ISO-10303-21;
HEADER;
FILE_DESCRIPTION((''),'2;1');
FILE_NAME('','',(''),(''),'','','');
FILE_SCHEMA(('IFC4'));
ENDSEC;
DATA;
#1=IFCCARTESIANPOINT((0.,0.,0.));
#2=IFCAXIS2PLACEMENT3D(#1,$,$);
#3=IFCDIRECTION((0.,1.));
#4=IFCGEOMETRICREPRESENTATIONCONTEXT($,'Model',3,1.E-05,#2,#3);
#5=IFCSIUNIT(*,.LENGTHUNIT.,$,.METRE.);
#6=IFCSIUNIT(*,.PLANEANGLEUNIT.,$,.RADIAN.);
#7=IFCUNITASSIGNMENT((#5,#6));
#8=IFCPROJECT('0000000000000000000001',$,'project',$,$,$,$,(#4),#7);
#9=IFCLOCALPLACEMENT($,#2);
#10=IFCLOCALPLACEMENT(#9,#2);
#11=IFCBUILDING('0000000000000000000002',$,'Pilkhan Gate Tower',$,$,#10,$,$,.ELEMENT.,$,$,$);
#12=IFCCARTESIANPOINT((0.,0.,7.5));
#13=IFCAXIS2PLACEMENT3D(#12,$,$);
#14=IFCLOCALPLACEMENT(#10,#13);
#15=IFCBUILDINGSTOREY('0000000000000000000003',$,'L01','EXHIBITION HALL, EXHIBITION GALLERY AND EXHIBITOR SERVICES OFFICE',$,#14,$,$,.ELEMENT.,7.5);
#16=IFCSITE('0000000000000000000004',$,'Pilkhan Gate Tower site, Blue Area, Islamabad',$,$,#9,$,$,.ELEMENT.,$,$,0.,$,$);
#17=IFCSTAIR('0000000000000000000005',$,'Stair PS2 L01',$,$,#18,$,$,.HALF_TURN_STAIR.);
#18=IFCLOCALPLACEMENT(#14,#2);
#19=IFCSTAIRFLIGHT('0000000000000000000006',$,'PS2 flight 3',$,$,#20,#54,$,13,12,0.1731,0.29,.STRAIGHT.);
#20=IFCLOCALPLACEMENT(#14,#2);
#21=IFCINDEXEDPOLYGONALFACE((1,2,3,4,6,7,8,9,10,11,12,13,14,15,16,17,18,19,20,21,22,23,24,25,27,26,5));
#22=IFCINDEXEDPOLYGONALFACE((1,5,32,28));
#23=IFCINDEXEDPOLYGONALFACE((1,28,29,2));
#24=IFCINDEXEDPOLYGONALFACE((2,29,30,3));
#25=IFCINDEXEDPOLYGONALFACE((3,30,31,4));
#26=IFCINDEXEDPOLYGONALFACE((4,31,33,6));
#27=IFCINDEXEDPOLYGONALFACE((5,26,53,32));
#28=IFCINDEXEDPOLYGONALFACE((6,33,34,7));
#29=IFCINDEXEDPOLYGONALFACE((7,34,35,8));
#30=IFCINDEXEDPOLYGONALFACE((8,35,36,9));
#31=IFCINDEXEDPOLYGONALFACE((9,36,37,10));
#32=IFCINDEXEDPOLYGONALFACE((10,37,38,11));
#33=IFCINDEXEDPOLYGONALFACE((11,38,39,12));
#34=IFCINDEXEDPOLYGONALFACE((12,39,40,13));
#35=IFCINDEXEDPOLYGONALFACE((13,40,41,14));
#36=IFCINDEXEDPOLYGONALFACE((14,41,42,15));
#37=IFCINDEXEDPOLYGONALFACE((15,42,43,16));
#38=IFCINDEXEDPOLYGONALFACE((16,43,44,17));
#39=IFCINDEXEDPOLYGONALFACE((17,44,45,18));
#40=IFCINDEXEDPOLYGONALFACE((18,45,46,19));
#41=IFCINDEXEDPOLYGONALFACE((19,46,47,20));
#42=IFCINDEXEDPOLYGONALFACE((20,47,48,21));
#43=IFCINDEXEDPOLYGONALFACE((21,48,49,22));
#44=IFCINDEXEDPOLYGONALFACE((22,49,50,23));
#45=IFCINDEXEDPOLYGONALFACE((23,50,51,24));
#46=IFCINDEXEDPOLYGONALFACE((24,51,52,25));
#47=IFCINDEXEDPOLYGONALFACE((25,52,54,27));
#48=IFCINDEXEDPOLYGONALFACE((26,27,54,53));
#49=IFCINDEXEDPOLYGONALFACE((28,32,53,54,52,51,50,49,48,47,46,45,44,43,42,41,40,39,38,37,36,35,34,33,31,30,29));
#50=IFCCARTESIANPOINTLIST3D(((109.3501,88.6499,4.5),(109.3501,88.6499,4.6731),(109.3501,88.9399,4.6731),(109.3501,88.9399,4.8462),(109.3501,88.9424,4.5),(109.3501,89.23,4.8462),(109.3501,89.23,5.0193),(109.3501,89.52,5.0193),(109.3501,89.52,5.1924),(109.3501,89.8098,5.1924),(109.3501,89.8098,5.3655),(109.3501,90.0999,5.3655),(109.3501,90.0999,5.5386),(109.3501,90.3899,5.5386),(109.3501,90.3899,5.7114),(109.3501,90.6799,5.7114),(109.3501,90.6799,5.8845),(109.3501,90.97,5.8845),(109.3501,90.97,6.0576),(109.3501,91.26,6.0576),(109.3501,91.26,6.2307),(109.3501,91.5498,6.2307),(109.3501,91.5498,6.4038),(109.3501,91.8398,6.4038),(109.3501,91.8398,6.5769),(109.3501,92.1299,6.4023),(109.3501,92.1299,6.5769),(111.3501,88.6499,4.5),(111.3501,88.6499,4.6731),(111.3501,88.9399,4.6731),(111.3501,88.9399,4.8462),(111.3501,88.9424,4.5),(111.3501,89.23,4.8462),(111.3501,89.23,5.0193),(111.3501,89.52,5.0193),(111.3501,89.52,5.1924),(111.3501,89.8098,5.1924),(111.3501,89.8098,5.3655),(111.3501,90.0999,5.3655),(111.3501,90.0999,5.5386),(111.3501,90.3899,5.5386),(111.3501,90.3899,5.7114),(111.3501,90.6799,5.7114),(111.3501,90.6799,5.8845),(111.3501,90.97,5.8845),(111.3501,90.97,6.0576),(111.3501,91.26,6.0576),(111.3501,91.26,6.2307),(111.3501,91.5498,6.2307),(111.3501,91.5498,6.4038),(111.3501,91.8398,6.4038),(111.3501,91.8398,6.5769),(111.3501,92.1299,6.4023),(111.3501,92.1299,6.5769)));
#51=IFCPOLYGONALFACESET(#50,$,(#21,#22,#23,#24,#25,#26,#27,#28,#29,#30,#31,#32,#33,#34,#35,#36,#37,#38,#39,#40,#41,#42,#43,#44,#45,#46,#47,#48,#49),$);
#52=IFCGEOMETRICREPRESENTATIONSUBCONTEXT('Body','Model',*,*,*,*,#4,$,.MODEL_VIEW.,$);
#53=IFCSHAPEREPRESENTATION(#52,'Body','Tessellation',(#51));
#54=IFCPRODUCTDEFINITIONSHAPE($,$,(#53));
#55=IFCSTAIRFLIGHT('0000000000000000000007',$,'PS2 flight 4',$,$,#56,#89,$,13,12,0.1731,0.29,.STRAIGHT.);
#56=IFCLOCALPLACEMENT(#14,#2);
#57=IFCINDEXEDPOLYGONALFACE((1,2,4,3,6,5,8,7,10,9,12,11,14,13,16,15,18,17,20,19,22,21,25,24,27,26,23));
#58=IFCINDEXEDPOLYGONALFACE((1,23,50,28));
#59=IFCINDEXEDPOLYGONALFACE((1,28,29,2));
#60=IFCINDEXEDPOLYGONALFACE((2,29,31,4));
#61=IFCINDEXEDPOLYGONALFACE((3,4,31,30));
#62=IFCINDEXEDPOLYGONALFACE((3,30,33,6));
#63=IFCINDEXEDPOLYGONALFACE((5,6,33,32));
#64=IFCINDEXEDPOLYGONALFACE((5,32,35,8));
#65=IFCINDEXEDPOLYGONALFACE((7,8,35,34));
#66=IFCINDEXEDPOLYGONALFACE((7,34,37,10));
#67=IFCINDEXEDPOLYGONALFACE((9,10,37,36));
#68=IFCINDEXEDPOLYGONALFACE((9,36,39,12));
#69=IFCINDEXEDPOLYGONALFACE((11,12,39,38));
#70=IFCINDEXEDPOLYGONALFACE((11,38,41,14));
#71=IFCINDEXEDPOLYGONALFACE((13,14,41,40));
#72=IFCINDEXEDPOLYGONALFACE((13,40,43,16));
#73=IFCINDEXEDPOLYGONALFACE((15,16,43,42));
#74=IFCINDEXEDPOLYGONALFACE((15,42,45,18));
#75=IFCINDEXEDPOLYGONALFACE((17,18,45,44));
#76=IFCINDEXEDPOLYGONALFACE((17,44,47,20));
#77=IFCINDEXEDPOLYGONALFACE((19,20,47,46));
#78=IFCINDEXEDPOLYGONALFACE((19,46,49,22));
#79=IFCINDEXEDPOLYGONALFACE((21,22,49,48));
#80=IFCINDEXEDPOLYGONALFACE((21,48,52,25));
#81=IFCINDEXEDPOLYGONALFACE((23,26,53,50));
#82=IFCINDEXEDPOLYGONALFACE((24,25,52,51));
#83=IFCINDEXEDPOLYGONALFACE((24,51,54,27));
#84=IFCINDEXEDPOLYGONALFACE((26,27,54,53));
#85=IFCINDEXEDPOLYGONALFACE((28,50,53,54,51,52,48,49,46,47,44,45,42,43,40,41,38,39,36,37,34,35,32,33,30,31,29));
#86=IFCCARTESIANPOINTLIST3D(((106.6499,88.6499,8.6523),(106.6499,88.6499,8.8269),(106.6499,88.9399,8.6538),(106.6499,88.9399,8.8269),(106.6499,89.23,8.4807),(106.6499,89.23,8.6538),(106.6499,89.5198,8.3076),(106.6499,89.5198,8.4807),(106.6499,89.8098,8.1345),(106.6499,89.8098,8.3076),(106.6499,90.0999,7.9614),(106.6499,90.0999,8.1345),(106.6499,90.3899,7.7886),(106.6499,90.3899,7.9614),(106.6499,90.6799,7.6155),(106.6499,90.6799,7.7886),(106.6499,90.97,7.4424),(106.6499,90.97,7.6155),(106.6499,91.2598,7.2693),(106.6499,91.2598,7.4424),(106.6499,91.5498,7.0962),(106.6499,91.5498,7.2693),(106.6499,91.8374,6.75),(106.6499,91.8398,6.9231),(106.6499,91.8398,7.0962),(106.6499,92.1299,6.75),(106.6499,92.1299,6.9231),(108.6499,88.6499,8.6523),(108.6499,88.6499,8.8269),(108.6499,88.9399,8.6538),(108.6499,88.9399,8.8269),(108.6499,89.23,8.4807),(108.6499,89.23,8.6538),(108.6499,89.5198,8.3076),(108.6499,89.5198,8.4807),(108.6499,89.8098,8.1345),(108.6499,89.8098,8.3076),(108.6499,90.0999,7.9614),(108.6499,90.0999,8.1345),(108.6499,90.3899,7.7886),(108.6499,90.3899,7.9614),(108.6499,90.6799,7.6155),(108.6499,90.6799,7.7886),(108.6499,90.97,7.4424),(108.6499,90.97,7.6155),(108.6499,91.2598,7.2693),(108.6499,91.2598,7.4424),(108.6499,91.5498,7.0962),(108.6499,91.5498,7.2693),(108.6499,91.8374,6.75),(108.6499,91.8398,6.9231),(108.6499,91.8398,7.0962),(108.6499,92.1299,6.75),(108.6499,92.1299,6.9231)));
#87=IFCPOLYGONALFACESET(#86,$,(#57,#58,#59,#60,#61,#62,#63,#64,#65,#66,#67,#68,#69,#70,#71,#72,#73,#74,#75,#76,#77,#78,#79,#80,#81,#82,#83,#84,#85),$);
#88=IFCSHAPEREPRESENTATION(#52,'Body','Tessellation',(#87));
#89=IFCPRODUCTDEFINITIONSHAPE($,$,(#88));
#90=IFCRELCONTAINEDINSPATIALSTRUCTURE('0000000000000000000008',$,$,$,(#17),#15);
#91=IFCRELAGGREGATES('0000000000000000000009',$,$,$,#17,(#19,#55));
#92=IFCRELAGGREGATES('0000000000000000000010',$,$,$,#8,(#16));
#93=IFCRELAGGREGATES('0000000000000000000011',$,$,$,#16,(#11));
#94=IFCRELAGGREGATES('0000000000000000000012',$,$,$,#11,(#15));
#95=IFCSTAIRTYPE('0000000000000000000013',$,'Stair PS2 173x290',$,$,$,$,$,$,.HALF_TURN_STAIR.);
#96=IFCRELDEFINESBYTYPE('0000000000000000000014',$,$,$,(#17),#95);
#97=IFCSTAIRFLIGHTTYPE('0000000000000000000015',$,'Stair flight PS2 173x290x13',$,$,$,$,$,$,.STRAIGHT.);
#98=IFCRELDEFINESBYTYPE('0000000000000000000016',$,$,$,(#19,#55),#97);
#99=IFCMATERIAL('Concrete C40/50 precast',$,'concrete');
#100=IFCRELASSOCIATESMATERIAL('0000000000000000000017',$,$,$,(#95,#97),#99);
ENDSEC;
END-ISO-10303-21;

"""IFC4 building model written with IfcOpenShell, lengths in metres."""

from ifc_helpers import new_model, si_unit, direction, frame, origin, place, context, subcontext, project, spatial, polyline, outline, extrude, material, type_object, element, aggregate, save


model = new_model("IFC4")

# Units and contexts
model_context = context("Model", 3, precision=1e-05, world=origin(), true_north=direction((0.0, 1.0)))
body_context = subcontext(model_context, "Body", "Model", "MODEL_VIEW")
ifc_project = project(units=[si_unit("LENGTHUNIT", "METRE"), si_unit("PLANEANGLEUNIT", "RADIAN")], contexts=[model_context])

# Site, building, storey
site_placement = place(None, origin())
site = spatial("IfcSite", under=ifc_project, at=site_placement, Name="Pilkhan Gate Tower site, Blue Area, Islamabad", CompositionType="ELEMENT", RefElevation=0.0)
building_placement = place(site_placement, origin())
building = spatial("IfcBuilding", under=site, at=building_placement, Name="Pilkhan Gate Tower", CompositionType="ELEMENT")
storey_placement = place(building_placement, frame((0.0, 0.0, 7.5)))
storey = spatial("IfcBuildingStorey", under=building, at=storey_placement, Name="L01", Description="EXHIBITION HALL, EXHIBITION GALLERY AND EXHIBITOR SERVICES OFFICE", CompositionType="ELEMENT", Elevation=7.5)

# Stair, stair flights
ifc_material_1 = material(Name="Concrete C40/50 precast", Category="concrete")
stair_type = type_object("IfcStairType", Name="Stair PS2 173x290", PredefinedType="HALF_TURN_STAIR", material=ifc_material_1)
stair_placement = place(storey_placement, origin())
stair = element("IfcStair", 1, at=stair_placement, inside=storey, type_object=stair_type, Name="Stair PS2 L01", PredefinedType="HALF_TURN_STAIR")
stair_flight_type = type_object("IfcStairFlightType", Name="Stair flight PS2 173x290x13", PredefinedType="STRAIGHT", material=ifc_material_1)
stair_flight_1_placement = place(storey_placement, frame((110.3501, 88.6499, 4.5), z_axis=(0.0, 0.0, 1.0), x_axis=(0.0, 1.0, 0.0)))
stair_flight_1 = element("IfcStairFlight", 2, at=stair_flight_1_placement, type_object=stair_flight_type, Name="PS2 flight 3", NumberOfRisers=13, NumberOfTreads=12, PredefinedType="STRAIGHT", RiserHeight=0.1731, TreadLength=0.29, context=body_context, shape_type="SweptSolid", body=[
    extrude(outline(polyline([(0.0, 0.0), (0.0, 0.1731), (0.29, 0.1731), (0.29, 0.3462), (0.5801, 0.3462), (0.5801, 0.5193), (0.8701, 0.5193), (0.8701, 0.6924), (1.1599, 0.6924), (1.1599, 0.8655), (1.45, 0.8655), (1.45, 1.0386), (1.74, 1.0386), (1.74, 1.2114), (2.03, 1.2114), (2.03, 1.3845), (2.3201, 1.3845), (2.3201, 1.5576), (2.6101, 1.5576), (2.6101, 1.7307), (2.8999, 1.7307), (2.8999, 1.9038), (3.1899, 1.9038), (3.1899, 2.0769), (3.48, 2.0769), (3.48, 2.25), (3.48, 1.9023), (0.2925, 0.0), (0.0, 0.0)])), frame((0.0, 1.0, 0.0), z_axis=(0.0, -1.0, 0.0), x_axis=(1.0, 0.0, 0.0)), (0.0, 0.0, 1.0), 2.0),
])
stair_flight_2_placement = place(storey_placement, frame((107.6499, 92.1299, 6.75), z_axis=(0.0, 0.0, 1.0), x_axis=(0.0, -1.0, 0.0)))
stair_flight_2 = element("IfcStairFlight", 3, at=stair_flight_2_placement, type_object=stair_flight_type, Name="PS2 flight 4", NumberOfRisers=13, NumberOfTreads=12, PredefinedType="STRAIGHT", RiserHeight=0.1731, TreadLength=0.29, context=body_context, shape_type="SweptSolid", body=[
    extrude(outline(polyline([(0.0, 0.0), (0.0, 0.1731), (0.29, 0.1731), (0.29, 0.3462), (0.5801, 0.3462), (0.5801, 0.5193), (0.8701, 0.5193), (0.8701, 0.6924), (1.1599, 0.6924), (1.1599, 0.8655), (1.45, 0.8655), (1.45, 1.0386), (1.74, 1.0386), (1.74, 1.2114), (2.03, 1.2114), (2.03, 1.3845), (2.3201, 1.3845), (2.3201, 1.5576), (2.6101, 1.5576), (2.6101, 1.7307), (2.8999, 1.7307), (2.8999, 1.9038), (3.1899, 1.9038), (3.1899, 2.0769), (3.48, 2.0769), (3.48, 2.25), (3.48, 1.9023), (0.2925, 0.0), (0.0, 0.0)])), frame((0.0, 1.0, 0.0), z_axis=(0.0, -1.0, 0.0), x_axis=(1.0, 0.0, 0.0)), (0.0, 0.0, 1.0), 2.0),
])
aggregate(stair, [stair_flight_1, stair_flight_2])

save(model, "model.ifc")
